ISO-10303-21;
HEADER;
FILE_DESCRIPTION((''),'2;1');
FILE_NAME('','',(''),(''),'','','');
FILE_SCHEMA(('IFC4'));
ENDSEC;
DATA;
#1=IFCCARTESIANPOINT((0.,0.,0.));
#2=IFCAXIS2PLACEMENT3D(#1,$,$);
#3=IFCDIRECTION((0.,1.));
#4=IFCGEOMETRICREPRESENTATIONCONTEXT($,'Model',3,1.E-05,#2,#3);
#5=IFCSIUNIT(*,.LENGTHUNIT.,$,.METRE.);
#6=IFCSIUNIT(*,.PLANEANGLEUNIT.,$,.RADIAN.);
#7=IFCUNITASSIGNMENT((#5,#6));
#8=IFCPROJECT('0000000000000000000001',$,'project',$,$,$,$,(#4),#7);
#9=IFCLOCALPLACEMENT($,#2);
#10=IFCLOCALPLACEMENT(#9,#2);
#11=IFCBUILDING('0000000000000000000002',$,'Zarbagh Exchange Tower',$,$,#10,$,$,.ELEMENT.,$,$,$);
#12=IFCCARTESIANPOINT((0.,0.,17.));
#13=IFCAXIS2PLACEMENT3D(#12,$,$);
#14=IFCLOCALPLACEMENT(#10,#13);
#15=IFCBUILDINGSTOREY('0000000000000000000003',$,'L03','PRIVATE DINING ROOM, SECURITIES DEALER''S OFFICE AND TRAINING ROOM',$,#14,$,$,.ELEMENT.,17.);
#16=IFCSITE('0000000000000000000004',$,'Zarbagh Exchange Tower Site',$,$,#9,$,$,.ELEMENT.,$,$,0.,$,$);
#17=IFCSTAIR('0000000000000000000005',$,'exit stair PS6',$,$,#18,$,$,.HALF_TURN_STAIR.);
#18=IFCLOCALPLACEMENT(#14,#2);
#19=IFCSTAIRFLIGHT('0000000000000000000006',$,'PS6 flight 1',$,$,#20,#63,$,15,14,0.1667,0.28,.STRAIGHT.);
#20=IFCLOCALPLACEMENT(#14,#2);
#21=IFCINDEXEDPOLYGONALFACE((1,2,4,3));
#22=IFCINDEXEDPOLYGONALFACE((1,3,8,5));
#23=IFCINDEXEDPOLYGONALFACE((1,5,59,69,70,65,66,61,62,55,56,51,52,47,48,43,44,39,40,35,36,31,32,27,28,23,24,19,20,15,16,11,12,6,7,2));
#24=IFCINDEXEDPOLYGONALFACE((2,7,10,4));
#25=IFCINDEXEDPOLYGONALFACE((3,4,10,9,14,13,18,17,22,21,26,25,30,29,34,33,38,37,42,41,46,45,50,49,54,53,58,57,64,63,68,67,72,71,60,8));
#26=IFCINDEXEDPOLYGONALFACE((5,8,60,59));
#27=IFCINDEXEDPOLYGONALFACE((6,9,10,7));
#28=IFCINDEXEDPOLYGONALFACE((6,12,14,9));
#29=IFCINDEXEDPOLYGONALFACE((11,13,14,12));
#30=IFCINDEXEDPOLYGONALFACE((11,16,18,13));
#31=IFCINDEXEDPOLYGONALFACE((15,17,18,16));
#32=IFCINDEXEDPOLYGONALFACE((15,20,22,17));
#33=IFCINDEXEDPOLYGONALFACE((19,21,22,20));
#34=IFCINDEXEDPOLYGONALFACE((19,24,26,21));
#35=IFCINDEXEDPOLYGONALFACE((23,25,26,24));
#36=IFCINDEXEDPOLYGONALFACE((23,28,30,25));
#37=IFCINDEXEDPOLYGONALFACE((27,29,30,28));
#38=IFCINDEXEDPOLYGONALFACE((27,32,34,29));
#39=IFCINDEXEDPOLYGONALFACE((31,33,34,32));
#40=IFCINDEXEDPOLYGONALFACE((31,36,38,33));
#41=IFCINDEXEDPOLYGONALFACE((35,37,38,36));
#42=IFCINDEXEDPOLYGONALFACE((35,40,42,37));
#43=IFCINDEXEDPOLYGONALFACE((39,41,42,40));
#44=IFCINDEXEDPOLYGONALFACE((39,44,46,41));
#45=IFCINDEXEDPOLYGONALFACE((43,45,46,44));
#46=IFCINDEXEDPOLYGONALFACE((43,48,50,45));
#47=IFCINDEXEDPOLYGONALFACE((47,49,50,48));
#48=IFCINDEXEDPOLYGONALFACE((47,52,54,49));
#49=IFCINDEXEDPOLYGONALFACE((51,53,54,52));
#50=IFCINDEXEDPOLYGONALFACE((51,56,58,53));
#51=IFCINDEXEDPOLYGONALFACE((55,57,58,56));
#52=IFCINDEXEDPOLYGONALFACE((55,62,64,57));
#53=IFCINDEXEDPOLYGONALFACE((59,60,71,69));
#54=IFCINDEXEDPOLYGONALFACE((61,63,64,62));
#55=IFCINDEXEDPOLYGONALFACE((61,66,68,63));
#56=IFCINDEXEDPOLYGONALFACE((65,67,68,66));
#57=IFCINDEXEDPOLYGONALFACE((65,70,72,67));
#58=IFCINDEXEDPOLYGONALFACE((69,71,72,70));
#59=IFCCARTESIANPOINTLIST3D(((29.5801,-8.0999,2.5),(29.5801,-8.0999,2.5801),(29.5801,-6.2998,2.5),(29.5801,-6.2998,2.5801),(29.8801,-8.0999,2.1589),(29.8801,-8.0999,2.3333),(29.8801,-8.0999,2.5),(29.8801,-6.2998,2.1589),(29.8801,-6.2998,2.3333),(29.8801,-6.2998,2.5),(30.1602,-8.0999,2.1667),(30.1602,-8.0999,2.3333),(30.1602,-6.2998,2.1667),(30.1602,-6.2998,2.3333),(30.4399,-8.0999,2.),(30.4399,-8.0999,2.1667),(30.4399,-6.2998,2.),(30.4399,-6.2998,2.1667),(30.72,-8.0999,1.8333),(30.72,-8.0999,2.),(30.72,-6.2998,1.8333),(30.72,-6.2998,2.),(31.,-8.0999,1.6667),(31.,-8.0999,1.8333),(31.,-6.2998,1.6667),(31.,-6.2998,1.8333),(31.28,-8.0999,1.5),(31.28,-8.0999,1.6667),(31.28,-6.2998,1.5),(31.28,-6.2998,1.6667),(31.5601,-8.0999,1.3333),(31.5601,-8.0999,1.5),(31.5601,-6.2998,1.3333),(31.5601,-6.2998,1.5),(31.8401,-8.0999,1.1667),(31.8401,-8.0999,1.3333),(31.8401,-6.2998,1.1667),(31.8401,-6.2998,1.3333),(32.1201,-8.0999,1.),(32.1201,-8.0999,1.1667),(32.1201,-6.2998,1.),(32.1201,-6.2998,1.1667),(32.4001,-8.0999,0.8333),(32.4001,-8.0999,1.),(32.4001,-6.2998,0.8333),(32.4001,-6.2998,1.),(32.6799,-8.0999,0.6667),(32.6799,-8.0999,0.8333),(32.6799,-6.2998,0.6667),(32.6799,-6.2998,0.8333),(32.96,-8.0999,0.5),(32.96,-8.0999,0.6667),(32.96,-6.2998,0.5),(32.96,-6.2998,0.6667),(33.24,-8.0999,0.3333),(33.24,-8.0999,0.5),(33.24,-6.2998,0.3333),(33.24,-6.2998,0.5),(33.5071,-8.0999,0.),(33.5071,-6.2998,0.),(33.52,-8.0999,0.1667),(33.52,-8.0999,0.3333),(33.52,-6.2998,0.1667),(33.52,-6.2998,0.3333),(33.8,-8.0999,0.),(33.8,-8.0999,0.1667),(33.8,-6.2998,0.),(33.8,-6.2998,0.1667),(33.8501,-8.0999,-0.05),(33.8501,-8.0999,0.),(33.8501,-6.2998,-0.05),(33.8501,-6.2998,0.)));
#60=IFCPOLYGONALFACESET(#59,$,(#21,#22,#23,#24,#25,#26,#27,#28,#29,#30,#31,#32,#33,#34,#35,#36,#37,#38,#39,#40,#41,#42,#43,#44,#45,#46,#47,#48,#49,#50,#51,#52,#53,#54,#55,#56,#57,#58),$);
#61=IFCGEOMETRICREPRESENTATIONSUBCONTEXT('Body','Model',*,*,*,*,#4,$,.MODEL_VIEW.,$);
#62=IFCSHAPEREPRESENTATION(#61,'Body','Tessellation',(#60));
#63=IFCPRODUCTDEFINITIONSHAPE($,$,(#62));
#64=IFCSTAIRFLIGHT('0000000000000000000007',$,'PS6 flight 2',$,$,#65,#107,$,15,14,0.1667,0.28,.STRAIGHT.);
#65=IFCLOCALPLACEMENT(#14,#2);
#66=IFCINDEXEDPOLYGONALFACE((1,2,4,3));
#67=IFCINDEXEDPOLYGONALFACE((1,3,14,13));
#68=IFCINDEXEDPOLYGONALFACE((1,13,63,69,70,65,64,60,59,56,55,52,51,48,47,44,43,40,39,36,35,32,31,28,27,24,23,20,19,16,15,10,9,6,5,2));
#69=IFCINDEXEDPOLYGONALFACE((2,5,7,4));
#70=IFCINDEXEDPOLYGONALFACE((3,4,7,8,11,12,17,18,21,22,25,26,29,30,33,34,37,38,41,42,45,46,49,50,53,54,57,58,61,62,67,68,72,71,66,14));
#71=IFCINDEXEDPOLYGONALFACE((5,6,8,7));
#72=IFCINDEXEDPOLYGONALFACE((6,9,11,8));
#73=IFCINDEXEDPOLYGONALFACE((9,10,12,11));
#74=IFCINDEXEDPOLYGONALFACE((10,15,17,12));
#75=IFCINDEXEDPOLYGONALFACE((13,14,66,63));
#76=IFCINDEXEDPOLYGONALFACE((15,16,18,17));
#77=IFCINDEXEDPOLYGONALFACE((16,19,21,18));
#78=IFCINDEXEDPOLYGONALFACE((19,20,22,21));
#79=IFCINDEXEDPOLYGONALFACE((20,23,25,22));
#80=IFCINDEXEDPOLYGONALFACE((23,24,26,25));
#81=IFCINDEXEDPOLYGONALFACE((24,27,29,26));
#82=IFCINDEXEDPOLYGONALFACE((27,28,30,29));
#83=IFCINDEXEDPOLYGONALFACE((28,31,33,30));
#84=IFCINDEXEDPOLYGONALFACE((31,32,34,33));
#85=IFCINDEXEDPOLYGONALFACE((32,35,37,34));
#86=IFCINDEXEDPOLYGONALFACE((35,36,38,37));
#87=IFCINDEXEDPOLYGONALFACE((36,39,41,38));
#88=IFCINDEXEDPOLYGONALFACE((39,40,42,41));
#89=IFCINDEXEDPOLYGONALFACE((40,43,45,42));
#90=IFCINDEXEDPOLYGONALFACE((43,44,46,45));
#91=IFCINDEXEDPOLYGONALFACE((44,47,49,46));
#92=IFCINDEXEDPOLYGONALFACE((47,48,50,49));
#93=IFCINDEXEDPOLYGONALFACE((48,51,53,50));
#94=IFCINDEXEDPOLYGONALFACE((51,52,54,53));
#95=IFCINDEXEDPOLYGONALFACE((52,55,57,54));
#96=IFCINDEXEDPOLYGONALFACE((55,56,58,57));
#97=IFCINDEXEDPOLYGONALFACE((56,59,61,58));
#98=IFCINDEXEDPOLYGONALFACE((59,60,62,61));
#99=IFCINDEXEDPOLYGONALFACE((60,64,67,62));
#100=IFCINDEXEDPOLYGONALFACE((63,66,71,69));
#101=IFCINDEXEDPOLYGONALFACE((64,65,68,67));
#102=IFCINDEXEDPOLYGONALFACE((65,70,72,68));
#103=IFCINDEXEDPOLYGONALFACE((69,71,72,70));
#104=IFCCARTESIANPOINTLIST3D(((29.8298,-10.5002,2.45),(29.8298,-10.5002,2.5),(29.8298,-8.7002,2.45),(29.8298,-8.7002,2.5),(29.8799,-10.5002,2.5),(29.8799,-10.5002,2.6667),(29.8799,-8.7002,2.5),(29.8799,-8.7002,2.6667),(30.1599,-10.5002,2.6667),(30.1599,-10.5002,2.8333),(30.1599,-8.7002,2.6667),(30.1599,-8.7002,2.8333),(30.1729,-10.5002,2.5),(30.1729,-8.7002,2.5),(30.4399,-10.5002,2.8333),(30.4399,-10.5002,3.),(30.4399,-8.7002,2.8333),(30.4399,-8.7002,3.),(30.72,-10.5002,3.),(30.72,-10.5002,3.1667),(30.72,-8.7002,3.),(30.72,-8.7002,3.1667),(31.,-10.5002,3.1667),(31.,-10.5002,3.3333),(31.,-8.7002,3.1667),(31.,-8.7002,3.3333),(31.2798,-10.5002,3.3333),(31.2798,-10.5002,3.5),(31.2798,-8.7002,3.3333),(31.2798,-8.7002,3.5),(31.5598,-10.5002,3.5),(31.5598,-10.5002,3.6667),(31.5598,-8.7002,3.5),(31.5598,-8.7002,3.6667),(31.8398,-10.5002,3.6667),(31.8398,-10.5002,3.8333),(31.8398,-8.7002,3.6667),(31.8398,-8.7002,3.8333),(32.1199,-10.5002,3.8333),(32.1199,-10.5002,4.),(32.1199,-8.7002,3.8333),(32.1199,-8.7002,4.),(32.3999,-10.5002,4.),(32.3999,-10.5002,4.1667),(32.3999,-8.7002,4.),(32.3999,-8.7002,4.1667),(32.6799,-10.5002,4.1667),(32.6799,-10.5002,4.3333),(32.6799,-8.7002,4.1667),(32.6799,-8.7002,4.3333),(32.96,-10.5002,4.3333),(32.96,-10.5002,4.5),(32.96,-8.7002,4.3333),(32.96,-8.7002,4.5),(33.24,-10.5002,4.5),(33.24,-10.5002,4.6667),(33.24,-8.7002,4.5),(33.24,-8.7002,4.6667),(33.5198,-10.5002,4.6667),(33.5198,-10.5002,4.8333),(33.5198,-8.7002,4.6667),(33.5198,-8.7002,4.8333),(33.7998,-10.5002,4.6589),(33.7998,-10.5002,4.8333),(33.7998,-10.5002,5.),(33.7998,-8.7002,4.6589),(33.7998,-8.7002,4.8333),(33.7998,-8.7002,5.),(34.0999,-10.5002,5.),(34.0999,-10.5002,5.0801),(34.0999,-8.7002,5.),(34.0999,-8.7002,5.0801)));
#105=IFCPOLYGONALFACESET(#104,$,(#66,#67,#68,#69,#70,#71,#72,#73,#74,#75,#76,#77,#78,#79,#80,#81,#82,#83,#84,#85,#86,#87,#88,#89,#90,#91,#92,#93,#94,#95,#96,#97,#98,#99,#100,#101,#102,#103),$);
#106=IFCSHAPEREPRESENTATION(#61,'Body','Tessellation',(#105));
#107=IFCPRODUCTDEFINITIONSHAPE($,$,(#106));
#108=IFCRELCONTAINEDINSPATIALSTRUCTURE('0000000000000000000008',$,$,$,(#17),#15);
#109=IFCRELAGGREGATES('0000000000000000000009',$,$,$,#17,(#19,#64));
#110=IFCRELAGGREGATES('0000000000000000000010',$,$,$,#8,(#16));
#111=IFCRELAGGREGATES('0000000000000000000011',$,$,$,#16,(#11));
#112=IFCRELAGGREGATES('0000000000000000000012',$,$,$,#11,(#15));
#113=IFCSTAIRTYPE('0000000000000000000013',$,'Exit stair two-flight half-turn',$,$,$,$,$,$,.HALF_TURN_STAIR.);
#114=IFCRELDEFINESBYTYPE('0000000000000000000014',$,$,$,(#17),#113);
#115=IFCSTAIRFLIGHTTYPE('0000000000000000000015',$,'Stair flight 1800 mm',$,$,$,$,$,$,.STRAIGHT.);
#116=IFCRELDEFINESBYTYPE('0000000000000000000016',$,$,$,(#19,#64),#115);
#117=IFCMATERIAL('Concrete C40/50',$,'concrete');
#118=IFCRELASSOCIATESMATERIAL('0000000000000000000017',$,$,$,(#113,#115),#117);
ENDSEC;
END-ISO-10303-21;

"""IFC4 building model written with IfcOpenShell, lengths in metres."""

from ifc_helpers import new_model, si_unit, direction, frame, origin, place, context, subcontext, project, spatial, polyline, outline, extrude, material, type_object, element, aggregate, save


model = new_model("IFC4")

# Units and contexts
model_context = context("Model", 3, precision=1e-05, world=origin(), true_north=direction((0.0, 1.0)))
body_context = subcontext(model_context, "Body", "Model", "MODEL_VIEW")
ifc_project = project(units=[si_unit("LENGTHUNIT", "METRE"), si_unit("PLANEANGLEUNIT", "RADIAN")], contexts=[model_context])

# Site, building, storey
site_placement = place(None, origin())
site = spatial("IfcSite", under=ifc_project, at=site_placement, Name="Zarbagh Exchange Tower Site", CompositionType="ELEMENT", RefElevation=0.0)
building_placement = place(site_placement, origin())
building = spatial("IfcBuilding", under=site, at=building_placement, Name="Zarbagh Exchange Tower", CompositionType="ELEMENT")
storey_placement = place(building_placement, frame((0.0, 0.0, 17.0)))
storey = spatial("IfcBuildingStorey", under=building, at=storey_placement, Name="L03", Description="PRIVATE DINING ROOM, SECURITIES DEALER'S OFFICE AND TRAINING ROOM", CompositionType="ELEMENT", Elevation=17.0)

# Shared definitions
ifc_material_1 = material(Name="Concrete C40/50", Category="concrete")

# Stair, stair flights
stair_type = type_object("IfcStairType", Name="Exit stair two-flight half-turn", PredefinedType="HALF_TURN_STAIR", material=ifc_material_1)
stair_placement = place(storey_placement, origin())
stair = element("IfcStair", 1, at=stair_placement, inside=storey, type_object=stair_type, Name="exit stair PS6", PredefinedType="HALF_TURN_STAIR")
stair_flight_type = type_object("IfcStairFlightType", Name="Stair flight 1800 mm", PredefinedType="STRAIGHT", material=ifc_material_1)
stair_flight_1_placement = place(storey_placement, frame((33.8, -7.2, 0.0), z_axis=(0.0, 0.0, 1.0), x_axis=(-1.0, 0.0, 0.0)))
stair_flight_1 = element("IfcStairFlight", 2, at=stair_flight_1_placement, type_object=stair_flight_type, Name="PS6 flight 1", NumberOfRisers=15, NumberOfTreads=14, PredefinedType="STRAIGHT", RiserHeight=0.1667, TreadLength=0.28, context=body_context, shape_type="SweptSolid", body=[
    extrude(outline(polyline([(-0.05, -0.05), (-0.05, 0.0), (0.0, 0.0), (0.0, 0.1667), (0.28, 0.1667), (0.28, 0.3333), (0.5601, 0.3333), (0.5601, 0.5), (0.8401, 0.5), (0.8401, 0.6667), (1.1201, 0.6667), (1.1201, 0.8333), (1.3999, 0.8333), (1.3999, 1.0), (1.6799, 1.0), (1.6799, 1.1667), (1.96, 1.1667), (1.96, 1.3333), (2.24, 1.3333), (2.24, 1.5), (2.52, 1.5), (2.52, 1.6667), (2.8, 1.6667), (2.8, 1.8333), (3.0801, 1.8333), (3.0801, 2.0), (3.3601, 2.0), (3.3601, 2.1667), (3.6399, 2.1667), (3.6399, 2.3333), (3.9199, 2.3333), (3.9199, 2.5), (4.22, 2.5801), (4.22, 2.5), (3.9199, 2.1589), (0.293, 0.0), (-0.05, -0.05)])), frame((0.0, 0.8999, 0.0), z_axis=(0.0, -1.0, 0.0), x_axis=(1.0, 0.0, 0.0)), (0.0, 0.0, 1.0), 1.8),
])
stair_flight_2_placement = place(storey_placement, frame((29.8799, -9.6001, 2.5), z_axis=(0.0, 0.0, 1.0), x_axis=(1.0, 0.0, 0.0)))
stair_flight_2 = element("IfcStairFlight", 3, at=stair_flight_2_placement, type_object=stair_flight_type, Name="PS6 flight 2", NumberOfRisers=15, NumberOfTreads=14, PredefinedType="STRAIGHT", RiserHeight=0.1667, TreadLength=0.28, context=body_context, shape_type="SweptSolid", body=[
    extrude(outline(polyline([(-0.05, -0.05), (-0.05, 0.0), (0.0, 0.0), (0.0, 0.1667), (0.28, 0.1667), (0.28, 0.3333), (0.5601, 0.3333), (0.5601, 0.5), (0.8401, 0.5), (0.8401, 0.6667), (1.1201, 0.6667), (1.1201, 0.8333), (1.3999, 0.8333), (1.3999, 1.0), (1.6799, 1.0), (1.6799, 1.1667), (1.96, 1.1667), (1.96, 1.3333), (2.24, 1.3333), (2.24, 1.5), (2.52, 1.5), (2.52, 1.6667), (2.8, 1.6667), (2.8, 1.8333), (3.0801, 1.8333), (3.0801, 2.0), (3.3601, 2.0), (3.3601, 2.1667), (3.6399, 2.1667), (3.6399, 2.3333), (3.9199, 2.3333), (3.9199, 2.5), (4.22, 2.5801), (4.22, 2.5), (3.9199, 2.1589), (0.293, 0.0), (-0.05, -0.05)])), frame((0.0, 0.8999, 0.0), z_axis=(0.0, -1.0, 0.0), x_axis=(1.0, 0.0, 0.0)), (0.0, 0.0, 1.0), 1.8),
])
aggregate(stair, [stair_flight_1, stair_flight_2])

save(model, "model.ifc")
